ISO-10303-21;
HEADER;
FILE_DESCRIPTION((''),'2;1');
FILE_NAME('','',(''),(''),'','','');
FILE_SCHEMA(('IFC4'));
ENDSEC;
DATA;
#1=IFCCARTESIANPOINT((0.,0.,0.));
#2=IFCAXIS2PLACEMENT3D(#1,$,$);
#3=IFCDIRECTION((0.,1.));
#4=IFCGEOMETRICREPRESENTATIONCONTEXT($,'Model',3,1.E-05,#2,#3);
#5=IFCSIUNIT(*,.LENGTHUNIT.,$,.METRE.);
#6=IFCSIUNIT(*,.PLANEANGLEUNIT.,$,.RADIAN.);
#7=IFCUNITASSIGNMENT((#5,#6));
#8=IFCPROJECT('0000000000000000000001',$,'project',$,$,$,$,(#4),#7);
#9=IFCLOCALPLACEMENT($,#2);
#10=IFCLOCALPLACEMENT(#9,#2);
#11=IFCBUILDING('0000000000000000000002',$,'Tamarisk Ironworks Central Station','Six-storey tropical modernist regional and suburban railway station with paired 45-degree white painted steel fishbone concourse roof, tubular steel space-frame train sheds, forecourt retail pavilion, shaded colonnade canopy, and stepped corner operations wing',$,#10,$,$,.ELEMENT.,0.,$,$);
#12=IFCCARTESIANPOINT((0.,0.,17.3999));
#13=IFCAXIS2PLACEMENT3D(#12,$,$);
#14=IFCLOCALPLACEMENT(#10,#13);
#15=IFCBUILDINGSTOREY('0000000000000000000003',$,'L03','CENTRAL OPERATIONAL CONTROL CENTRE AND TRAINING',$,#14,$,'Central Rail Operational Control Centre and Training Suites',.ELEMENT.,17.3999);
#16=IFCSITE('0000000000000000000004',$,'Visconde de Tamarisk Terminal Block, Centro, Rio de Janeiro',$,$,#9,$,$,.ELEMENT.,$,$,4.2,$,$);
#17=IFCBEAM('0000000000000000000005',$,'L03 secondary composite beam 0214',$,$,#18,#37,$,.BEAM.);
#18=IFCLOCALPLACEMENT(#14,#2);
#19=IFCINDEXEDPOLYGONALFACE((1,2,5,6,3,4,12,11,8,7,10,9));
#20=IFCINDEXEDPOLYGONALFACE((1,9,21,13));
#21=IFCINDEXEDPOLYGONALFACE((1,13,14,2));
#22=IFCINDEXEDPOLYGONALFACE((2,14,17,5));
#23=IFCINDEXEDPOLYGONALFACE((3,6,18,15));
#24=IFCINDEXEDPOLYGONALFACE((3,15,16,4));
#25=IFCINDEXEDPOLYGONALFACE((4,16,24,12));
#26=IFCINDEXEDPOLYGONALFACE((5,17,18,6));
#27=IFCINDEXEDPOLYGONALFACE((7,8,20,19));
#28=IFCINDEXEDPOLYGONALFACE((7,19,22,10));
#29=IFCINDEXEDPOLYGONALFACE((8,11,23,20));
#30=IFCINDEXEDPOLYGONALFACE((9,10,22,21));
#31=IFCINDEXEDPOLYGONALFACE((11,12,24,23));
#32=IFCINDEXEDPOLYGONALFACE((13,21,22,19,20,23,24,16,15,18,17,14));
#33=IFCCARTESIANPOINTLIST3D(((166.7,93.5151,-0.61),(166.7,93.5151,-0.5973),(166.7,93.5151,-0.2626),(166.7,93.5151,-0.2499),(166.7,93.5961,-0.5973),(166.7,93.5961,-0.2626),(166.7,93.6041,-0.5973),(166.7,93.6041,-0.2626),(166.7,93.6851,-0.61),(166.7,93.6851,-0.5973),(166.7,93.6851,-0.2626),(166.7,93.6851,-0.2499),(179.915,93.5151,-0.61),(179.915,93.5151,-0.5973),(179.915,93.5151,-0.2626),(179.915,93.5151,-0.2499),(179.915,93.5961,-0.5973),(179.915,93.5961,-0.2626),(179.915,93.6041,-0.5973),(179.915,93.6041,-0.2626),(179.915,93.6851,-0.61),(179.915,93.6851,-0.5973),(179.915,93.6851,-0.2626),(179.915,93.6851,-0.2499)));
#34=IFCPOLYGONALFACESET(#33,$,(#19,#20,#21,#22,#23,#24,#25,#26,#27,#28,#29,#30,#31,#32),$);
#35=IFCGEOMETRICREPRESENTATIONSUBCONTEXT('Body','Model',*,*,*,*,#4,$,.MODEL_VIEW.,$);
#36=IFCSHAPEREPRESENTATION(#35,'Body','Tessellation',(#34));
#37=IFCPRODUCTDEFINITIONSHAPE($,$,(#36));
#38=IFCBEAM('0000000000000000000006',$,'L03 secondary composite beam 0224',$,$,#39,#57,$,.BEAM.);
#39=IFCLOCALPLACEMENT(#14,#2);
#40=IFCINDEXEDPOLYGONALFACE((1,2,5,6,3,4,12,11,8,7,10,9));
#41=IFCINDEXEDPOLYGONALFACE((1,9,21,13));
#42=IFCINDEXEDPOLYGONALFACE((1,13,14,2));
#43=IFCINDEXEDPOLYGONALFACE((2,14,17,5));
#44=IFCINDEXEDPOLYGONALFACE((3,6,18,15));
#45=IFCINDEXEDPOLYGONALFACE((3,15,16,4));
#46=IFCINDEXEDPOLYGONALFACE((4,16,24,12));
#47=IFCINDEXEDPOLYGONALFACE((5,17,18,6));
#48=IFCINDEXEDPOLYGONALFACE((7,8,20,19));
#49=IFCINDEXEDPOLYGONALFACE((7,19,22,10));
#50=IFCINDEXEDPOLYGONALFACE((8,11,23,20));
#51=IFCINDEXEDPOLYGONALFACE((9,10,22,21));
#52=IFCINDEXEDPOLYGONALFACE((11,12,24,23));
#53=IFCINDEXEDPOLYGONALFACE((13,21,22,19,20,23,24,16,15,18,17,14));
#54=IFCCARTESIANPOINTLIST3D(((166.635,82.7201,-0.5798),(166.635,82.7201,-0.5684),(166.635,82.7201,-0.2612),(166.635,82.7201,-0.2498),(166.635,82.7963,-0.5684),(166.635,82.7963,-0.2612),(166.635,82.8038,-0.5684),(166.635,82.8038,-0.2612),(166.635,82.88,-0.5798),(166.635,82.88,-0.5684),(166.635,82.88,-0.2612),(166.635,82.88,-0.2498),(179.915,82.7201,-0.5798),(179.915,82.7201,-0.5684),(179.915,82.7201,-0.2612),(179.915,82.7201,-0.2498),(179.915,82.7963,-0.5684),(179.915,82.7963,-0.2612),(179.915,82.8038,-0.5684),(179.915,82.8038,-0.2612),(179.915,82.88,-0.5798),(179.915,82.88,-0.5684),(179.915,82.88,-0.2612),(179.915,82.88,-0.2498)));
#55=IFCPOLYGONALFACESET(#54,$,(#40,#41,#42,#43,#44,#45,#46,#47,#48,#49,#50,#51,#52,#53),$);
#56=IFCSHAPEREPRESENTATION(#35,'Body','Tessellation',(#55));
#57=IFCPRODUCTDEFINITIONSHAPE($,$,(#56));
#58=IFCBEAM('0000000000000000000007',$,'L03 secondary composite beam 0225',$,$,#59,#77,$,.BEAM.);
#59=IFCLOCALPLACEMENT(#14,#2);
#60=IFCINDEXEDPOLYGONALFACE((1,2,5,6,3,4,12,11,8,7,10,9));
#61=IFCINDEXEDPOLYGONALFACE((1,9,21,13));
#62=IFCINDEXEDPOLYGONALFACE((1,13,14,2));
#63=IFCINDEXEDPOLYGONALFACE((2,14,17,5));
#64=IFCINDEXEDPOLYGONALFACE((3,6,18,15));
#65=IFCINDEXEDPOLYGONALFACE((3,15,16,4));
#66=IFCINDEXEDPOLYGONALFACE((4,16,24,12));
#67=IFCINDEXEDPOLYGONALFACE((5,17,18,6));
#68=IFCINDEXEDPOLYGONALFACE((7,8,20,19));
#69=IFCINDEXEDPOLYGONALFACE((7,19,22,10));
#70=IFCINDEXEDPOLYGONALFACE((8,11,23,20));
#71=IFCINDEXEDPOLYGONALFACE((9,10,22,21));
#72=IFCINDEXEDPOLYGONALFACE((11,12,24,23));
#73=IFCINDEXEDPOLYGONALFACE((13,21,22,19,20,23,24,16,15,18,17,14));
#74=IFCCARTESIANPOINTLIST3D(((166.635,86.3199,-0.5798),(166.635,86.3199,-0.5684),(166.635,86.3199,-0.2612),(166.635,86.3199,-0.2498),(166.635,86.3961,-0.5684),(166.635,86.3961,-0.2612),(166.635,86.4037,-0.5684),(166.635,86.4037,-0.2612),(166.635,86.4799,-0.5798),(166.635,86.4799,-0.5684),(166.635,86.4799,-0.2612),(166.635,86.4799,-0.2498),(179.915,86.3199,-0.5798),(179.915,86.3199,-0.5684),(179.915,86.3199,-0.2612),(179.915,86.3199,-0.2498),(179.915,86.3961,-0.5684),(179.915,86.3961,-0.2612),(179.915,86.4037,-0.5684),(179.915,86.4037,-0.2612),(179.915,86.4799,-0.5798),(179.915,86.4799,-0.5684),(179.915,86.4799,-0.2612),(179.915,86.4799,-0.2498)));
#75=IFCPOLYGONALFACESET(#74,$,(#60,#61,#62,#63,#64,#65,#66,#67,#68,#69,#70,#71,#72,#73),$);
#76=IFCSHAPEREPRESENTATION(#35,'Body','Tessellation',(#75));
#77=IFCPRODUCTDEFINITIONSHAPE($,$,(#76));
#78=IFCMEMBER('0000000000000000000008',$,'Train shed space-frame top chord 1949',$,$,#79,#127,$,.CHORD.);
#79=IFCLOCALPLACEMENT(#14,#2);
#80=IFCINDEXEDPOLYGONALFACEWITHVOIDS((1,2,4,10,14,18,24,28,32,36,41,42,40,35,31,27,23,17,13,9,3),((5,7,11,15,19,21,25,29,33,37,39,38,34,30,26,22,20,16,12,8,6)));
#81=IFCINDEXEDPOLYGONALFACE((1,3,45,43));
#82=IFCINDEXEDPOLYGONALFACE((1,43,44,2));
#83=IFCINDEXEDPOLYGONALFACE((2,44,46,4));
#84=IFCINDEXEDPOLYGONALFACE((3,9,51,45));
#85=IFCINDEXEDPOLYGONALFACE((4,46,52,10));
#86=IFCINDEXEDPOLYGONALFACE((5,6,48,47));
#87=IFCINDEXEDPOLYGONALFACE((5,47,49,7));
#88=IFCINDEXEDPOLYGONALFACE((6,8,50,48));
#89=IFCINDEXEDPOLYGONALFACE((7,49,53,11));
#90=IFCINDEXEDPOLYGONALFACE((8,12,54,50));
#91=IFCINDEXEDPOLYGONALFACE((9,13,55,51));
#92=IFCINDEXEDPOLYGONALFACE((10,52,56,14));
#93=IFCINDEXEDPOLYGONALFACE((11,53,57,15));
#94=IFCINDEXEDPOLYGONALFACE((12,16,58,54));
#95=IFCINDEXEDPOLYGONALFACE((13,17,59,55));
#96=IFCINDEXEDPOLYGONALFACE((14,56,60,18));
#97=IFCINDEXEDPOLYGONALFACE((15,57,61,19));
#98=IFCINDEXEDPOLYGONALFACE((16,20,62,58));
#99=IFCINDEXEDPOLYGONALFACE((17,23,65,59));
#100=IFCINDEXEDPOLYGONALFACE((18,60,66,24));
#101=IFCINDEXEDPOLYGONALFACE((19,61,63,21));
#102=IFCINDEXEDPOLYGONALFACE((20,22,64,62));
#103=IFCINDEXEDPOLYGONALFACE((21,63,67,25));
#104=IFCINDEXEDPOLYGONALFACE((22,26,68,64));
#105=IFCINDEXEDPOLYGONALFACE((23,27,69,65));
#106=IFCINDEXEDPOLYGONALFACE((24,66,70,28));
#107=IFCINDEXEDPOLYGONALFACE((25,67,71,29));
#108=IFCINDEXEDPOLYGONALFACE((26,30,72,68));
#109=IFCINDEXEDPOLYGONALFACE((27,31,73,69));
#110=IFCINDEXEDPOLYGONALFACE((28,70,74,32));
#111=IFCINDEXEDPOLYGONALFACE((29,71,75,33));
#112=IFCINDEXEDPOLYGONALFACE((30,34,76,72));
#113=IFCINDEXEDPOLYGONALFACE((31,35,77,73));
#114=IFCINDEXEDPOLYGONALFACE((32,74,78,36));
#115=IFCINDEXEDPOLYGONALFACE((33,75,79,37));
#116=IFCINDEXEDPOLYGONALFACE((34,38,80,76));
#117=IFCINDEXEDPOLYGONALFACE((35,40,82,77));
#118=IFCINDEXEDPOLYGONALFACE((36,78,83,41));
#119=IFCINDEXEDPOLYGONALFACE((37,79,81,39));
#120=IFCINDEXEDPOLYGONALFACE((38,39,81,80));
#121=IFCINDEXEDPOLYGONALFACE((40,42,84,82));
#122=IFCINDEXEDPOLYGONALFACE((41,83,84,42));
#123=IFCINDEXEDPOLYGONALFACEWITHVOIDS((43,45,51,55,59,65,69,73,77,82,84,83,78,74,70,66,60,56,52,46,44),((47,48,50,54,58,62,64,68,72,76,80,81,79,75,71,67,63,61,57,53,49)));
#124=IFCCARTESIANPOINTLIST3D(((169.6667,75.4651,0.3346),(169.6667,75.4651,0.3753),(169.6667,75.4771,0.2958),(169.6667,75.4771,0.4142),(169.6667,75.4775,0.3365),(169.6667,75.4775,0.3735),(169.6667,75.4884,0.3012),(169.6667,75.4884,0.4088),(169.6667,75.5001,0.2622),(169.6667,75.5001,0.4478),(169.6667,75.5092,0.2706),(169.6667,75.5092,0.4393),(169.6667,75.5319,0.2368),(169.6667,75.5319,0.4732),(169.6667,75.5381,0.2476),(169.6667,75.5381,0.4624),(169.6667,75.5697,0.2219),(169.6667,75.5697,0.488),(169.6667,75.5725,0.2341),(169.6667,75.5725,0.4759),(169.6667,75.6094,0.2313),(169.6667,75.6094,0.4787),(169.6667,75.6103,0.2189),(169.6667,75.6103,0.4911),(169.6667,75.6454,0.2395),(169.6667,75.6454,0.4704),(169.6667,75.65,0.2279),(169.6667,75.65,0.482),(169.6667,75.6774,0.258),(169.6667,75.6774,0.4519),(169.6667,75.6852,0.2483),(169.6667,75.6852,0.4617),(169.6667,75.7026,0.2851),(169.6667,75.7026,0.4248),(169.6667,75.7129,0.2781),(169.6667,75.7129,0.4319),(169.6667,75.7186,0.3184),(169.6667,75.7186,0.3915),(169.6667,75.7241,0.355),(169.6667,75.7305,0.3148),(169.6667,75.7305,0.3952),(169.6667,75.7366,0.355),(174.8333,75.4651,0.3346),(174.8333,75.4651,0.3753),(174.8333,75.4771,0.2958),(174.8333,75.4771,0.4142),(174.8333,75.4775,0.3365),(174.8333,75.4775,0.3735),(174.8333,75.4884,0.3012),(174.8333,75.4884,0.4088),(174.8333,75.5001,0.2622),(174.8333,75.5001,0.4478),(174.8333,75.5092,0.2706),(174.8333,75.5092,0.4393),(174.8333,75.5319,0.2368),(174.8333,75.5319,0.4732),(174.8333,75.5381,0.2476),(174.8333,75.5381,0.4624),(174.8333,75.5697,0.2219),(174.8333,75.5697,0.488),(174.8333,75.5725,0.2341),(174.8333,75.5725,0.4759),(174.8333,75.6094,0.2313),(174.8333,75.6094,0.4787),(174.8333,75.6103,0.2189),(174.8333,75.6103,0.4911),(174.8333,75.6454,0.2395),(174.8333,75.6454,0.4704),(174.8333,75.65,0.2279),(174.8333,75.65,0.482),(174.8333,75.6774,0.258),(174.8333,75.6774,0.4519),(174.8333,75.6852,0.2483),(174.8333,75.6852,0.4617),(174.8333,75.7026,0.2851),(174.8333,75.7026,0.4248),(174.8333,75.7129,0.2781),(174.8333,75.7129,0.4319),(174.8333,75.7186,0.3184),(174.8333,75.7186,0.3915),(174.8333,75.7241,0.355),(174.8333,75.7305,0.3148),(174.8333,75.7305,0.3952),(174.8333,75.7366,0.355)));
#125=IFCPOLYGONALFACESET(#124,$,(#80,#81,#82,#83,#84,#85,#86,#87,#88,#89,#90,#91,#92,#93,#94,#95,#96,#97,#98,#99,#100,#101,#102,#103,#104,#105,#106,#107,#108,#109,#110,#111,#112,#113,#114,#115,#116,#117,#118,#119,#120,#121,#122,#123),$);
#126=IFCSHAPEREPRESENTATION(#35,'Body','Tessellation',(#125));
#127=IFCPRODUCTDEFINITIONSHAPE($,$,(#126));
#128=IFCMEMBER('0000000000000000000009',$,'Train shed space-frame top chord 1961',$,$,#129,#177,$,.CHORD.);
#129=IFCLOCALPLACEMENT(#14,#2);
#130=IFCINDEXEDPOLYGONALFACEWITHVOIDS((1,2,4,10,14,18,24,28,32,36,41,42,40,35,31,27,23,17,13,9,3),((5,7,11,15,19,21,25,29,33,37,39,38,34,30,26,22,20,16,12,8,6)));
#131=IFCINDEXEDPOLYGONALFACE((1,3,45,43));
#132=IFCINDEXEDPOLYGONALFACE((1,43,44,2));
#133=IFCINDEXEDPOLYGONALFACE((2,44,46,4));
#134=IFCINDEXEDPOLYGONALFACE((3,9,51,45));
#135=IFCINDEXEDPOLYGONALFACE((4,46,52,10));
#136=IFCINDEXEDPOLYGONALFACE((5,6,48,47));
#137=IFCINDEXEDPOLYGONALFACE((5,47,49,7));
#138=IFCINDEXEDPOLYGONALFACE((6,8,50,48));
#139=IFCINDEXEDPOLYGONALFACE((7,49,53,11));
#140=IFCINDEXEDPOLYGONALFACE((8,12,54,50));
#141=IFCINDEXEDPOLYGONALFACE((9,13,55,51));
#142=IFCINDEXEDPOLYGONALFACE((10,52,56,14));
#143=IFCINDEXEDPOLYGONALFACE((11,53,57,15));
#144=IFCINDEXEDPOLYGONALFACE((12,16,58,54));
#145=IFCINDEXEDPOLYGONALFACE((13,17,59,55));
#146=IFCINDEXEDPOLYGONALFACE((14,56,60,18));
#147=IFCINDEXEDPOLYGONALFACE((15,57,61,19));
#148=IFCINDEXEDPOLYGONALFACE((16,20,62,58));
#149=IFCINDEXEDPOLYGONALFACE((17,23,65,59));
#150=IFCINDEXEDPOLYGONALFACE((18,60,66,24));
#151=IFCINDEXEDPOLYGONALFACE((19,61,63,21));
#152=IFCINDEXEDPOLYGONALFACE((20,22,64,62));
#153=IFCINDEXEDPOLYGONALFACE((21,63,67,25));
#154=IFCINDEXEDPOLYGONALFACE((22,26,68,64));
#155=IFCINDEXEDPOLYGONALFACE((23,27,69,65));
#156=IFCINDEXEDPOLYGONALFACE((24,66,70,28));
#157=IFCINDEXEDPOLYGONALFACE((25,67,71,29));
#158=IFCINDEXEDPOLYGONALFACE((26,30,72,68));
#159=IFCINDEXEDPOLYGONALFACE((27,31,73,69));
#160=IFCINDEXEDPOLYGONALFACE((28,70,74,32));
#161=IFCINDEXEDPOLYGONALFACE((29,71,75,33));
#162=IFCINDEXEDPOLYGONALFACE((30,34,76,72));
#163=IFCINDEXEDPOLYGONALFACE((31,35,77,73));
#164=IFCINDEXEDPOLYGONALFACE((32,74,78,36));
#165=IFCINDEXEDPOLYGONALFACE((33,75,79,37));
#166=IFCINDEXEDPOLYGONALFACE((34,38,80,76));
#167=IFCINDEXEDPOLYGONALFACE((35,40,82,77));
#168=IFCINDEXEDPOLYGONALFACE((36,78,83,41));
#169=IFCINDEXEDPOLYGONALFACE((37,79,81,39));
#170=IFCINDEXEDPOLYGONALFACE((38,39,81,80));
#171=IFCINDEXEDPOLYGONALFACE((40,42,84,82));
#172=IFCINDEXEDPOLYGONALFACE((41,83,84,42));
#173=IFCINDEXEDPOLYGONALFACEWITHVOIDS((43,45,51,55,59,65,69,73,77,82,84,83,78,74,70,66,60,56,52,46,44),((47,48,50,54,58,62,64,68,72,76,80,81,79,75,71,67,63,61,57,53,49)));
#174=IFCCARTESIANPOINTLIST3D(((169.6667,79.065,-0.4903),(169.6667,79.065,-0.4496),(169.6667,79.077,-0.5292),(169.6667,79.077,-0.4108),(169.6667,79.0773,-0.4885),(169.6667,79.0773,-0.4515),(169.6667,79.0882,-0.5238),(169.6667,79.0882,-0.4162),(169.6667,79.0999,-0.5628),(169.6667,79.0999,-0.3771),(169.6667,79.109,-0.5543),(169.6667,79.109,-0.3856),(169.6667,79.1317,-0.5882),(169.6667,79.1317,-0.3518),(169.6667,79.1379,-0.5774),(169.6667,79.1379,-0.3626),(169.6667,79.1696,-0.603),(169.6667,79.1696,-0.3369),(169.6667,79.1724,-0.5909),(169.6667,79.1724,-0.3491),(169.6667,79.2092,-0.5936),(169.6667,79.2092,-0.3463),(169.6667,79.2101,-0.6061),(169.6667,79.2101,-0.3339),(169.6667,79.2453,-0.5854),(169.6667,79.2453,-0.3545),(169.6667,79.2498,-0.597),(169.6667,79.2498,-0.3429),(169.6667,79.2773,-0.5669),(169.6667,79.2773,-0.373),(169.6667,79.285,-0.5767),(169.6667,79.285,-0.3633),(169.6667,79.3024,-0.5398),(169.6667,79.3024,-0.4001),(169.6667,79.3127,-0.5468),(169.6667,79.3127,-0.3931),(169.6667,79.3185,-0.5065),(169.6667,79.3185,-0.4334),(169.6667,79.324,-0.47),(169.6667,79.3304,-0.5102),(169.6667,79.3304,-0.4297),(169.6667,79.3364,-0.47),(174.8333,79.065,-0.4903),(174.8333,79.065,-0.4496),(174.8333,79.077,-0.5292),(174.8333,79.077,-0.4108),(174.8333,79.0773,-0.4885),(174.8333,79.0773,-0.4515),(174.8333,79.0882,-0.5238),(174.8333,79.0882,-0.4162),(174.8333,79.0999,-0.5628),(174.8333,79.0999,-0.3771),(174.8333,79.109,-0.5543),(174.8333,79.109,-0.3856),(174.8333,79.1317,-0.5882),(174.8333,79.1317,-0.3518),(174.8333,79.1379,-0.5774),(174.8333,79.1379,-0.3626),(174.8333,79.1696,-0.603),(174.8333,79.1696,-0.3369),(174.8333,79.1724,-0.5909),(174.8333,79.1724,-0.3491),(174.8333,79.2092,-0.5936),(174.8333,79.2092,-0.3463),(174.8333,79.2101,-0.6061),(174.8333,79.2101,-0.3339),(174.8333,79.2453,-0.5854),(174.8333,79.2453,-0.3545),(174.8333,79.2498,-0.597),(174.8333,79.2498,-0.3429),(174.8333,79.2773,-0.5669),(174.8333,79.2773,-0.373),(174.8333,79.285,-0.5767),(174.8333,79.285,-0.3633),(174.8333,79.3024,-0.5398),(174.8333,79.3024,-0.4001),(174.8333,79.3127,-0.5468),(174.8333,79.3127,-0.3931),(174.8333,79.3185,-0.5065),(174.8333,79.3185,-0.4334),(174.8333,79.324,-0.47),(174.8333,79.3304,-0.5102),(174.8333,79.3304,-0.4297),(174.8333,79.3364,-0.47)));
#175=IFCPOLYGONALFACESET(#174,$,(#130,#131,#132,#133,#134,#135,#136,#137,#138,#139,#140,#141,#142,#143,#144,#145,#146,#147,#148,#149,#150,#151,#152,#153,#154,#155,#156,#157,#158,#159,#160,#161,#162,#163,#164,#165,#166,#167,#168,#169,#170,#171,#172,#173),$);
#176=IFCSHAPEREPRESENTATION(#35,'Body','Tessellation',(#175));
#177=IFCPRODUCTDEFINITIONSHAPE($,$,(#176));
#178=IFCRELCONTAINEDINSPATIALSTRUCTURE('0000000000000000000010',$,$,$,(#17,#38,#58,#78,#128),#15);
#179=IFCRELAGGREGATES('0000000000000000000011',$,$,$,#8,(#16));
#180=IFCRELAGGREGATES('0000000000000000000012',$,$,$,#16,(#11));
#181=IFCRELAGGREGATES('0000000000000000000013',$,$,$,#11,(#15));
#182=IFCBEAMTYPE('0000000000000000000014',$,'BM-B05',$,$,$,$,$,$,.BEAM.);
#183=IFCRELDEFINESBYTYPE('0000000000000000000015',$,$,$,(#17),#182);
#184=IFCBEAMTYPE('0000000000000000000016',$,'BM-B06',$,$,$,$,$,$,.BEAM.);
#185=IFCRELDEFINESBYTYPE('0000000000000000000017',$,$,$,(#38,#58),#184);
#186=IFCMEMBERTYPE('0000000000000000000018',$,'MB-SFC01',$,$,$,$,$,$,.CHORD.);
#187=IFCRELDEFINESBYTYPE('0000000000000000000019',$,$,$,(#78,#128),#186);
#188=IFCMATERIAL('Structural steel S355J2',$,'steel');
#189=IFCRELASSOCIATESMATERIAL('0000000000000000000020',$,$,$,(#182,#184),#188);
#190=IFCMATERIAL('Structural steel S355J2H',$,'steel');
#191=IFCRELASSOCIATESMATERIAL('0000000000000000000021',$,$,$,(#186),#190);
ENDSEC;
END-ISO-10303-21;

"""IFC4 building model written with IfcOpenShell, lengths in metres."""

from ifc_helpers import new_model, si_unit, direction, frame, origin, origin_2d, place, context, subcontext, project, spatial, hollow_circle, i_section, extrude, material, material_profile, profile_set, type_object, element, save


model = new_model("IFC4")

# Units and contexts
model_context = context("Model", 3, precision=1e-05, world=origin(), true_north=direction((0.0, 1.0)))
body_context = subcontext(model_context, "Body", "Model", "MODEL_VIEW")
ifc_project = project(units=[si_unit("LENGTHUNIT", "METRE"), si_unit("PLANEANGLEUNIT", "RADIAN")], contexts=[model_context])

# Site, building, storey
site_placement = place(None, origin())
site = spatial("IfcSite", under=ifc_project, at=site_placement, Name="Visconde de Tamarisk Terminal Block, Centro, Rio de Janeiro", CompositionType="ELEMENT", RefElevation=4.2)
building_placement = place(site_placement, origin())
building = spatial("IfcBuilding", under=site, at=building_placement, Name="Tamarisk Ironworks Central Station", Description="Six-storey tropical modernist regional and suburban railway station with paired 45-degree white painted steel fishbone concourse roof, tubular steel space-frame train sheds, forecourt retail pavilion, shaded colonnade canopy, and stepped corner operations wing", CompositionType="ELEMENT", ElevationOfRefHeight=0.0)
storey_placement = place(building_placement, frame((0.0, 0.0, 17.3999)))
storey = spatial("IfcBuildingStorey", under=building, at=storey_placement, Name="L03", Description="CENTRAL OPERATIONAL CONTROL CENTRE AND TRAINING", LongName="Central Rail Operational Control Centre and Training Suites", CompositionType="ELEMENT", Elevation=17.3999)

# Beams
ifc_material_1 = material(Name="Structural steel S355J2", Category="steel")
ifc_material_profile_1 = material_profile(ifc_material_1, i_section(OverallWidth=0.1699, OverallDepth=0.3601, WebThickness=0.0081, FlangeThickness=0.0127, at=origin_2d()), Name="IPE 360")
ifc_profile_set_1 = profile_set([ifc_material_profile_1], Name="Structural steel S355J2")
beam_type_1 = type_object("IfcBeamType", Name="BM-B05", PredefinedType="BEAM", material=ifc_profile_set_1)
beam_placement = place(storey_placement, frame((166.7, 93.6001, -0.4299), z_axis=(1.0, 0.0, 0.0), x_axis=(0.0, 1.0, 0.0)))
element("IfcBeam", 1, at=beam_placement, inside=storey, type_object=beam_type_1, Name="L03 secondary composite beam 0214", PredefinedType="BEAM", context=body_context, shape_type="SweptSolid", body=[
    extrude(i_section(OverallWidth=0.1699, OverallDepth=0.3601, WebThickness=0.0081, FlangeThickness=0.0127, at=origin_2d()), origin(), (0.0, 0.0, 1.0), 13.2151),
])
ifc_material_profile_2 = material_profile(ifc_material_1, i_section(OverallWidth=0.1599, OverallDepth=0.3301, WebThickness=0.0076, FlangeThickness=0.0115, at=origin_2d()), Name="IPE 330")
ifc_profile_set_2 = profile_set([ifc_material_profile_2], Name="Structural steel S355J2")
beam_type_2 = type_object("IfcBeamType", Name="BM-B06", PredefinedType="BEAM", material=ifc_profile_set_2)
for number, where, z_axis, x_axis, name in (
    (2, (166.635, 82.8, -0.4148), (1.0, 0.0, 0.0), (0.0, 1.0, 0.0), "L03 secondary composite beam 0224"),
    (3, (166.635, 86.3999, -0.4148), (1.0, 0.0, 0.0), (0.0, 1.0, 0.0), "L03 secondary composite beam 0225"),
):
    element("IfcBeam", number, at=place(storey_placement, frame(where, z_axis=z_axis, x_axis=x_axis)), inside=storey, type_object=beam_type_2, Name=name, PredefinedType="BEAM", context=body_context, shape_type="SweptSolid", body=[
        extrude(i_section(OverallWidth=0.1599, OverallDepth=0.3301, WebThickness=0.0076, FlangeThickness=0.0115, at=origin_2d()), origin(), (0.0, 0.0, 1.0), 13.28),
    ])

# Members
ifc_material_2 = material(Name="Structural steel S355J2H", Category="steel")
ifc_material_profile_3 = material_profile(ifc_material_2, hollow_circle(Radius=0.1365, WallThickness=0.0125, at=origin_2d()), Name="CHS 273x12.5")
ifc_profile_set_3 = profile_set([ifc_material_profile_3], Name="Structural steel S355J2H")
member_type_1 = type_object("IfcMemberType", Name="MB-SFC01", PredefinedType="CHORD", material=ifc_profile_set_3)
for number, where, z_axis, x_axis, name in (
    (4, (169.6667, 75.6001, 0.355), (1.0, 0.0, 0.0), (0.0, 1.0, 0.0), "Train shed space-frame top chord 1949"),
    (5, (169.6667, 79.2, -0.47), (1.0, 0.0, 0.0), (0.0, 1.0, 0.0), "Train shed space-frame top chord 1961"),
):
    element("IfcMember", number, at=place(storey_placement, frame(where, z_axis=z_axis, x_axis=x_axis)), inside=storey, type_object=member_type_1, Name=name, PredefinedType="CHORD", context=body_context, shape_type="SweptSolid", body=[
        extrude(hollow_circle(Radius=0.1365, WallThickness=0.0125, at=origin_2d()), origin(), (0.0, 0.0, 1.0), 5.1665),
    ])

save(model, "model.ifc")
